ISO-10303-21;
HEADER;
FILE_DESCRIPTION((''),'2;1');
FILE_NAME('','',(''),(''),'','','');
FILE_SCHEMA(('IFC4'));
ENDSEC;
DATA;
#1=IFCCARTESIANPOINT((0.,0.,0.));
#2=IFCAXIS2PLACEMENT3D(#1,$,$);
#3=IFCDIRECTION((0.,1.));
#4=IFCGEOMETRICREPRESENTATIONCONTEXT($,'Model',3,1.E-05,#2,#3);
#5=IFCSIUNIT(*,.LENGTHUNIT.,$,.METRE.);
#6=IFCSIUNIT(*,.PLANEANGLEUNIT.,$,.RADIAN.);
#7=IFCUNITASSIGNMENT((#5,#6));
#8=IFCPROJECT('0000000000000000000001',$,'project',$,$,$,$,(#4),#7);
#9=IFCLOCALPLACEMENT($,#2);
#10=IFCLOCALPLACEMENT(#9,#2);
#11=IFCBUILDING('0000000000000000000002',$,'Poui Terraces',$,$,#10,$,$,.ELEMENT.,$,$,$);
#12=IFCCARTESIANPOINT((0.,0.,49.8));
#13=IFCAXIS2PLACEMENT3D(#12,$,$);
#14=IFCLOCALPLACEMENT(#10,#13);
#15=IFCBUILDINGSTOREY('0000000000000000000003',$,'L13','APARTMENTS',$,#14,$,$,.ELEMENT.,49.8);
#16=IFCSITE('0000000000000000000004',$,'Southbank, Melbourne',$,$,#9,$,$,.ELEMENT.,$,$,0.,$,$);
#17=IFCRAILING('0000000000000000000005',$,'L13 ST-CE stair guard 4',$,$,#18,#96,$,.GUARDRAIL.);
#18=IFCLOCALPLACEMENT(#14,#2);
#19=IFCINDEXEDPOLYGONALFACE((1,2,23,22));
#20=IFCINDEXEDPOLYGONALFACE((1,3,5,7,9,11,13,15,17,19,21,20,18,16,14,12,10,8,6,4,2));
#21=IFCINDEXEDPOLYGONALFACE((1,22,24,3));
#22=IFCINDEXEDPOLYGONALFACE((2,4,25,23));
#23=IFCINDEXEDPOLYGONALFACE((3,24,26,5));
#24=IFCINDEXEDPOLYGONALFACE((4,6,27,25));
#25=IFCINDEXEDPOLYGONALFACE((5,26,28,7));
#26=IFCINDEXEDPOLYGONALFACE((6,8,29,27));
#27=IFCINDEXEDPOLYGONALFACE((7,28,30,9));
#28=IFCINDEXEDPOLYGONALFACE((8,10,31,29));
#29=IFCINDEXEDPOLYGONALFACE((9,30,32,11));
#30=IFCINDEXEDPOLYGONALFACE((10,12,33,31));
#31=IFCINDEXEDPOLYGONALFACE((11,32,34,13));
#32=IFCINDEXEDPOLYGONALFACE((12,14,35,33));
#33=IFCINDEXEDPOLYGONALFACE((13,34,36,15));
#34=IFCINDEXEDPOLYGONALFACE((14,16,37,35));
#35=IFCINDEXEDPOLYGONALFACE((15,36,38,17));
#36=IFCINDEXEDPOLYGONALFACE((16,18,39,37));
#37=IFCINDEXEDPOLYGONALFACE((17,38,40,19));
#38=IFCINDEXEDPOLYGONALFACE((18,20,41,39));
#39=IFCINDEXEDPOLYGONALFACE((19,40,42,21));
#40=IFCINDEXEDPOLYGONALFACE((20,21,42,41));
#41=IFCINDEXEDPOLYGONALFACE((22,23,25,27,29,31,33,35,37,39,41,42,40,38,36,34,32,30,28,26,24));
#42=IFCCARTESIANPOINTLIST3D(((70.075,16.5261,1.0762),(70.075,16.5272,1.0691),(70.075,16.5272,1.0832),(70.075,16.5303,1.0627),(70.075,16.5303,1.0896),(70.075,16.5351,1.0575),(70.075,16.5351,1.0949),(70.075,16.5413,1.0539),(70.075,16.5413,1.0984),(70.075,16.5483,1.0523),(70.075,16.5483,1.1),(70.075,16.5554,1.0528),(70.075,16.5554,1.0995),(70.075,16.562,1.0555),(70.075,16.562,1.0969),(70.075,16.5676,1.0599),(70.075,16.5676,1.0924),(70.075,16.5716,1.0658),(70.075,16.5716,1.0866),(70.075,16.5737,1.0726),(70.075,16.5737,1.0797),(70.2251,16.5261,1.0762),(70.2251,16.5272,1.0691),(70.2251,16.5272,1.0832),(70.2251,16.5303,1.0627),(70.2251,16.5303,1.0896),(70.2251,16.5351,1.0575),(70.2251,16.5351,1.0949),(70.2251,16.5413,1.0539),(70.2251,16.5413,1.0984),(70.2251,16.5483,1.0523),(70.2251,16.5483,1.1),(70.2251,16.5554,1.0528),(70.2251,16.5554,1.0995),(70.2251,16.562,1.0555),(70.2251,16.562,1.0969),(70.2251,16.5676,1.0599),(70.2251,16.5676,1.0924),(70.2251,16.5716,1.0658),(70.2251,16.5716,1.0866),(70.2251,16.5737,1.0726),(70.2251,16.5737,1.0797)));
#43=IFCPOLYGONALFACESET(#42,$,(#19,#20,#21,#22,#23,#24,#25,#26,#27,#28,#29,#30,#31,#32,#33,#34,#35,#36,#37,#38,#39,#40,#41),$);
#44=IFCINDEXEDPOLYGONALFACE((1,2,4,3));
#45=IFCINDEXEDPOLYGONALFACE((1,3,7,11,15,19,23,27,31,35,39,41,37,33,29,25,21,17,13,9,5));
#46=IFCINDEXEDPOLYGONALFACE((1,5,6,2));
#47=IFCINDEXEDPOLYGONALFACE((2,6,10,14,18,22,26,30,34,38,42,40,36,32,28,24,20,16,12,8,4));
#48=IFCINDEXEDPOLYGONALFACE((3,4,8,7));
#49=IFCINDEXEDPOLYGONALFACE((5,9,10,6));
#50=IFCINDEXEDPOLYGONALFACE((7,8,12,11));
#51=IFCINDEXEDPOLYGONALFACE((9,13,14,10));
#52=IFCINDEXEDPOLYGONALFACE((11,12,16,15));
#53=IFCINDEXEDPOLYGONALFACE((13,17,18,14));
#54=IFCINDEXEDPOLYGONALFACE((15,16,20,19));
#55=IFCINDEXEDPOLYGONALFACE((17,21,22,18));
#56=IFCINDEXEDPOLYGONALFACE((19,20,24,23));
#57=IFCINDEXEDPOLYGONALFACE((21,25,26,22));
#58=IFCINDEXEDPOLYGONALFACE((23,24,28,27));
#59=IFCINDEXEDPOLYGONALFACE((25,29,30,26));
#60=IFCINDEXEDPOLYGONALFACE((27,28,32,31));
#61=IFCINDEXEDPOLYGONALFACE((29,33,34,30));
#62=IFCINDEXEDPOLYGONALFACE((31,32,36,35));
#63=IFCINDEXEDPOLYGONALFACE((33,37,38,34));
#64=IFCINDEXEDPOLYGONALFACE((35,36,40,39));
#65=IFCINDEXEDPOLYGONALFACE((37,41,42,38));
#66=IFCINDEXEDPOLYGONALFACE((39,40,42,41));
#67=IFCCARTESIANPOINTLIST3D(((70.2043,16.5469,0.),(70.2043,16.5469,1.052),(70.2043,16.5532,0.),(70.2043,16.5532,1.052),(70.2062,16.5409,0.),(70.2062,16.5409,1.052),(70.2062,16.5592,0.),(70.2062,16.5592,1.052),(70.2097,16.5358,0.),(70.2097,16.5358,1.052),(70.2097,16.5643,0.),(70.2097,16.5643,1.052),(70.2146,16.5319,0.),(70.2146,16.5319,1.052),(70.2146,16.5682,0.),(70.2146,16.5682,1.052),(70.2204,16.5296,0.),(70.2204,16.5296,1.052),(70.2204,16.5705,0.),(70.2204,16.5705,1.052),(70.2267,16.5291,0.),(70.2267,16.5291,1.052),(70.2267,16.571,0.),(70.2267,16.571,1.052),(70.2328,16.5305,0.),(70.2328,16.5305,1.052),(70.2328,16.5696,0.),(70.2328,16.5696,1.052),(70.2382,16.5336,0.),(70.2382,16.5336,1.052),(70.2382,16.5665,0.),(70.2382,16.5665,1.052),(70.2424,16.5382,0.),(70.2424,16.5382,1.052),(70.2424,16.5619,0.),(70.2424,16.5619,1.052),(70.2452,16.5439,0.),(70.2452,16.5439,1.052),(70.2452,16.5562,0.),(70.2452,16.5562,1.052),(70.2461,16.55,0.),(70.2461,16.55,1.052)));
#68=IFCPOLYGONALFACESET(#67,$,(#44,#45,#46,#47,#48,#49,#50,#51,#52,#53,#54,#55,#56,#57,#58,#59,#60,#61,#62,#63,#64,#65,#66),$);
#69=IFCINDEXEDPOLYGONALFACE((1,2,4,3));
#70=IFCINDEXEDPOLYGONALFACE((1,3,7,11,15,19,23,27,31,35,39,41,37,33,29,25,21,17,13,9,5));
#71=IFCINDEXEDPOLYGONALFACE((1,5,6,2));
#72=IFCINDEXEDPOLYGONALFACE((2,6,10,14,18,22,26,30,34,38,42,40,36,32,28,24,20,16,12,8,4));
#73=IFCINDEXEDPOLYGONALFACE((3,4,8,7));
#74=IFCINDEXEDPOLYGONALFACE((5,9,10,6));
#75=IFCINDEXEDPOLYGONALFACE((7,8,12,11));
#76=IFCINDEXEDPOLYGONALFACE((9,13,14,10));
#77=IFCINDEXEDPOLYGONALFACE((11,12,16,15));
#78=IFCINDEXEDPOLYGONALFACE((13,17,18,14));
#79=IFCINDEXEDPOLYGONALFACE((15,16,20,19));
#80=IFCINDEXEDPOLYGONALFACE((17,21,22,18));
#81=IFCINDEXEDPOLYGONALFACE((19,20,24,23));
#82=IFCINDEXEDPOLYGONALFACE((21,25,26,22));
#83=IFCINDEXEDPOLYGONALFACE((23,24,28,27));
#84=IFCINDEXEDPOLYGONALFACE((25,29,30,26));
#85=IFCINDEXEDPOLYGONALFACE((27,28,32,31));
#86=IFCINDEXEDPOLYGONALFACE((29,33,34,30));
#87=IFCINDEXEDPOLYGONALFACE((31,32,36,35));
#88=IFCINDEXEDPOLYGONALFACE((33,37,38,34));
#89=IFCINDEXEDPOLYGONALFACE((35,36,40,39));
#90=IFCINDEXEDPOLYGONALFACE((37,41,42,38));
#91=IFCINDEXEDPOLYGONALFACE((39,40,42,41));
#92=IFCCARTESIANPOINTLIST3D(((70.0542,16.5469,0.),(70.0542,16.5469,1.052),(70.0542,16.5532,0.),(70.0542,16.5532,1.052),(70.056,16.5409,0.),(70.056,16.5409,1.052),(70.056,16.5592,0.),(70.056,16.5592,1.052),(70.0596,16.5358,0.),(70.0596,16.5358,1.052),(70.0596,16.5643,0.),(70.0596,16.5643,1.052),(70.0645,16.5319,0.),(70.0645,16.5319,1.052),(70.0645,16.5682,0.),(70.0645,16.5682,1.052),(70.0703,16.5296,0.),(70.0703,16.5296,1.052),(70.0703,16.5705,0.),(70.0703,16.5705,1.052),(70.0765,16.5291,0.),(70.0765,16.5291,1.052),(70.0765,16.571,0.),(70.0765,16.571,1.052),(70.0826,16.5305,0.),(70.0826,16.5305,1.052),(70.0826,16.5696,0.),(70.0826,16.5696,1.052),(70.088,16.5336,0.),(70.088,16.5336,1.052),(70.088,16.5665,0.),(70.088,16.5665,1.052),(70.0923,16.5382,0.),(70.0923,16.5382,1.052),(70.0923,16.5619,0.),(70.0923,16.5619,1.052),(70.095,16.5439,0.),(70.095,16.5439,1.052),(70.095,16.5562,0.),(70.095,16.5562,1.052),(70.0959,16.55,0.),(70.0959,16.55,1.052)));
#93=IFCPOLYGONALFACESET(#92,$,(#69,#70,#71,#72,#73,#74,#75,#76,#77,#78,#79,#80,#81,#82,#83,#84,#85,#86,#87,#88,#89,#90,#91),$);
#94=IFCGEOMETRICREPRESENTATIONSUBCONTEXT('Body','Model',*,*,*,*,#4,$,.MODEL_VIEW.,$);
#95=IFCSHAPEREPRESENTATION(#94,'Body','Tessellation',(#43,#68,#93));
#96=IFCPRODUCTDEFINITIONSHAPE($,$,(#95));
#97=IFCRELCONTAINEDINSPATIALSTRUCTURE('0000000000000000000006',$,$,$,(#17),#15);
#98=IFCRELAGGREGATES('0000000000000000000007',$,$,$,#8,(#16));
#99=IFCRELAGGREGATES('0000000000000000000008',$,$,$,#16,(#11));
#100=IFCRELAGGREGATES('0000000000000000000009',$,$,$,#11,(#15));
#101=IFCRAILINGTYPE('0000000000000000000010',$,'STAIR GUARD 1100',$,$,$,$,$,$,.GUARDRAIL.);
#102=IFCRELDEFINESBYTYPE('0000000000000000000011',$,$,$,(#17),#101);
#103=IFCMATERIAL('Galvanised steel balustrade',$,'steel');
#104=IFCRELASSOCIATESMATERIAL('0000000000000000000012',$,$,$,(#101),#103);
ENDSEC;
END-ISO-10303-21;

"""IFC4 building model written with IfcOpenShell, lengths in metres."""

from ifc_helpers import new_model, si_unit, direction, frame, origin, origin_2d, place, context, subcontext, project, spatial, circle, extrude, material, type_object, element, save


model = new_model("IFC4")

# Units and contexts
model_context = context("Model", 3, precision=1e-05, world=origin(), true_north=direction((0.0, 1.0)))
body_context = subcontext(model_context, "Body", "Model", "MODEL_VIEW")
ifc_project = project(units=[si_unit("LENGTHUNIT", "METRE"), si_unit("PLANEANGLEUNIT", "RADIAN")], contexts=[model_context])

# Site, building, storey
site_placement = place(None, origin())
site = spatial("IfcSite", under=ifc_project, at=site_placement, Name="Southbank, Melbourne", CompositionType="ELEMENT", RefElevation=0.0)
building_placement = place(site_placement, origin())
building = spatial("IfcBuilding", under=site, at=building_placement, Name="Poui Terraces", CompositionType="ELEMENT")
storey_placement = place(building_placement, frame((0.0, 0.0, 49.8)))
storey = spatial("IfcBuildingStorey", under=building, at=storey_placement, Name="L13", Description="APARTMENTS", CompositionType="ELEMENT", Elevation=49.8)

# Railing
ifc_material_1 = material(Name="Galvanised steel balustrade", Category="steel")
railing_type = type_object("IfcRailingType", Name="STAIR GUARD 1100", PredefinedType="GUARDRAIL", material=ifc_material_1)
railing_1_placement = place(storey_placement, frame((70.2251, 16.55, 0.0)))
element("IfcRailing", 1, at=railing_1_placement, inside=storey, type_object=railing_type, Name="L13 ST-CE stair guard 4", PredefinedType="GUARDRAIL", context=body_context, shape_type="SweptSolid", body=[
    extrude(circle(Radius=0.0239, at=origin_2d()), frame((0.0, 0.0, 1.0762), z_axis=(-1.0, 0.0, 0.0), x_axis=(0.0, -1.0, 0.0)), (0.0, 0.0, 1.0), 0.1501),
    extrude(circle(Radius=0.021, at=origin_2d()), origin(), (0.0, 0.0, 1.0), 1.052),
    extrude(circle(Radius=0.021, at=origin_2d()), frame((-0.1501, 0.0, 0.0)), (0.0, 0.0, 1.0), 1.052),
])

save(model, "model.ifc")
